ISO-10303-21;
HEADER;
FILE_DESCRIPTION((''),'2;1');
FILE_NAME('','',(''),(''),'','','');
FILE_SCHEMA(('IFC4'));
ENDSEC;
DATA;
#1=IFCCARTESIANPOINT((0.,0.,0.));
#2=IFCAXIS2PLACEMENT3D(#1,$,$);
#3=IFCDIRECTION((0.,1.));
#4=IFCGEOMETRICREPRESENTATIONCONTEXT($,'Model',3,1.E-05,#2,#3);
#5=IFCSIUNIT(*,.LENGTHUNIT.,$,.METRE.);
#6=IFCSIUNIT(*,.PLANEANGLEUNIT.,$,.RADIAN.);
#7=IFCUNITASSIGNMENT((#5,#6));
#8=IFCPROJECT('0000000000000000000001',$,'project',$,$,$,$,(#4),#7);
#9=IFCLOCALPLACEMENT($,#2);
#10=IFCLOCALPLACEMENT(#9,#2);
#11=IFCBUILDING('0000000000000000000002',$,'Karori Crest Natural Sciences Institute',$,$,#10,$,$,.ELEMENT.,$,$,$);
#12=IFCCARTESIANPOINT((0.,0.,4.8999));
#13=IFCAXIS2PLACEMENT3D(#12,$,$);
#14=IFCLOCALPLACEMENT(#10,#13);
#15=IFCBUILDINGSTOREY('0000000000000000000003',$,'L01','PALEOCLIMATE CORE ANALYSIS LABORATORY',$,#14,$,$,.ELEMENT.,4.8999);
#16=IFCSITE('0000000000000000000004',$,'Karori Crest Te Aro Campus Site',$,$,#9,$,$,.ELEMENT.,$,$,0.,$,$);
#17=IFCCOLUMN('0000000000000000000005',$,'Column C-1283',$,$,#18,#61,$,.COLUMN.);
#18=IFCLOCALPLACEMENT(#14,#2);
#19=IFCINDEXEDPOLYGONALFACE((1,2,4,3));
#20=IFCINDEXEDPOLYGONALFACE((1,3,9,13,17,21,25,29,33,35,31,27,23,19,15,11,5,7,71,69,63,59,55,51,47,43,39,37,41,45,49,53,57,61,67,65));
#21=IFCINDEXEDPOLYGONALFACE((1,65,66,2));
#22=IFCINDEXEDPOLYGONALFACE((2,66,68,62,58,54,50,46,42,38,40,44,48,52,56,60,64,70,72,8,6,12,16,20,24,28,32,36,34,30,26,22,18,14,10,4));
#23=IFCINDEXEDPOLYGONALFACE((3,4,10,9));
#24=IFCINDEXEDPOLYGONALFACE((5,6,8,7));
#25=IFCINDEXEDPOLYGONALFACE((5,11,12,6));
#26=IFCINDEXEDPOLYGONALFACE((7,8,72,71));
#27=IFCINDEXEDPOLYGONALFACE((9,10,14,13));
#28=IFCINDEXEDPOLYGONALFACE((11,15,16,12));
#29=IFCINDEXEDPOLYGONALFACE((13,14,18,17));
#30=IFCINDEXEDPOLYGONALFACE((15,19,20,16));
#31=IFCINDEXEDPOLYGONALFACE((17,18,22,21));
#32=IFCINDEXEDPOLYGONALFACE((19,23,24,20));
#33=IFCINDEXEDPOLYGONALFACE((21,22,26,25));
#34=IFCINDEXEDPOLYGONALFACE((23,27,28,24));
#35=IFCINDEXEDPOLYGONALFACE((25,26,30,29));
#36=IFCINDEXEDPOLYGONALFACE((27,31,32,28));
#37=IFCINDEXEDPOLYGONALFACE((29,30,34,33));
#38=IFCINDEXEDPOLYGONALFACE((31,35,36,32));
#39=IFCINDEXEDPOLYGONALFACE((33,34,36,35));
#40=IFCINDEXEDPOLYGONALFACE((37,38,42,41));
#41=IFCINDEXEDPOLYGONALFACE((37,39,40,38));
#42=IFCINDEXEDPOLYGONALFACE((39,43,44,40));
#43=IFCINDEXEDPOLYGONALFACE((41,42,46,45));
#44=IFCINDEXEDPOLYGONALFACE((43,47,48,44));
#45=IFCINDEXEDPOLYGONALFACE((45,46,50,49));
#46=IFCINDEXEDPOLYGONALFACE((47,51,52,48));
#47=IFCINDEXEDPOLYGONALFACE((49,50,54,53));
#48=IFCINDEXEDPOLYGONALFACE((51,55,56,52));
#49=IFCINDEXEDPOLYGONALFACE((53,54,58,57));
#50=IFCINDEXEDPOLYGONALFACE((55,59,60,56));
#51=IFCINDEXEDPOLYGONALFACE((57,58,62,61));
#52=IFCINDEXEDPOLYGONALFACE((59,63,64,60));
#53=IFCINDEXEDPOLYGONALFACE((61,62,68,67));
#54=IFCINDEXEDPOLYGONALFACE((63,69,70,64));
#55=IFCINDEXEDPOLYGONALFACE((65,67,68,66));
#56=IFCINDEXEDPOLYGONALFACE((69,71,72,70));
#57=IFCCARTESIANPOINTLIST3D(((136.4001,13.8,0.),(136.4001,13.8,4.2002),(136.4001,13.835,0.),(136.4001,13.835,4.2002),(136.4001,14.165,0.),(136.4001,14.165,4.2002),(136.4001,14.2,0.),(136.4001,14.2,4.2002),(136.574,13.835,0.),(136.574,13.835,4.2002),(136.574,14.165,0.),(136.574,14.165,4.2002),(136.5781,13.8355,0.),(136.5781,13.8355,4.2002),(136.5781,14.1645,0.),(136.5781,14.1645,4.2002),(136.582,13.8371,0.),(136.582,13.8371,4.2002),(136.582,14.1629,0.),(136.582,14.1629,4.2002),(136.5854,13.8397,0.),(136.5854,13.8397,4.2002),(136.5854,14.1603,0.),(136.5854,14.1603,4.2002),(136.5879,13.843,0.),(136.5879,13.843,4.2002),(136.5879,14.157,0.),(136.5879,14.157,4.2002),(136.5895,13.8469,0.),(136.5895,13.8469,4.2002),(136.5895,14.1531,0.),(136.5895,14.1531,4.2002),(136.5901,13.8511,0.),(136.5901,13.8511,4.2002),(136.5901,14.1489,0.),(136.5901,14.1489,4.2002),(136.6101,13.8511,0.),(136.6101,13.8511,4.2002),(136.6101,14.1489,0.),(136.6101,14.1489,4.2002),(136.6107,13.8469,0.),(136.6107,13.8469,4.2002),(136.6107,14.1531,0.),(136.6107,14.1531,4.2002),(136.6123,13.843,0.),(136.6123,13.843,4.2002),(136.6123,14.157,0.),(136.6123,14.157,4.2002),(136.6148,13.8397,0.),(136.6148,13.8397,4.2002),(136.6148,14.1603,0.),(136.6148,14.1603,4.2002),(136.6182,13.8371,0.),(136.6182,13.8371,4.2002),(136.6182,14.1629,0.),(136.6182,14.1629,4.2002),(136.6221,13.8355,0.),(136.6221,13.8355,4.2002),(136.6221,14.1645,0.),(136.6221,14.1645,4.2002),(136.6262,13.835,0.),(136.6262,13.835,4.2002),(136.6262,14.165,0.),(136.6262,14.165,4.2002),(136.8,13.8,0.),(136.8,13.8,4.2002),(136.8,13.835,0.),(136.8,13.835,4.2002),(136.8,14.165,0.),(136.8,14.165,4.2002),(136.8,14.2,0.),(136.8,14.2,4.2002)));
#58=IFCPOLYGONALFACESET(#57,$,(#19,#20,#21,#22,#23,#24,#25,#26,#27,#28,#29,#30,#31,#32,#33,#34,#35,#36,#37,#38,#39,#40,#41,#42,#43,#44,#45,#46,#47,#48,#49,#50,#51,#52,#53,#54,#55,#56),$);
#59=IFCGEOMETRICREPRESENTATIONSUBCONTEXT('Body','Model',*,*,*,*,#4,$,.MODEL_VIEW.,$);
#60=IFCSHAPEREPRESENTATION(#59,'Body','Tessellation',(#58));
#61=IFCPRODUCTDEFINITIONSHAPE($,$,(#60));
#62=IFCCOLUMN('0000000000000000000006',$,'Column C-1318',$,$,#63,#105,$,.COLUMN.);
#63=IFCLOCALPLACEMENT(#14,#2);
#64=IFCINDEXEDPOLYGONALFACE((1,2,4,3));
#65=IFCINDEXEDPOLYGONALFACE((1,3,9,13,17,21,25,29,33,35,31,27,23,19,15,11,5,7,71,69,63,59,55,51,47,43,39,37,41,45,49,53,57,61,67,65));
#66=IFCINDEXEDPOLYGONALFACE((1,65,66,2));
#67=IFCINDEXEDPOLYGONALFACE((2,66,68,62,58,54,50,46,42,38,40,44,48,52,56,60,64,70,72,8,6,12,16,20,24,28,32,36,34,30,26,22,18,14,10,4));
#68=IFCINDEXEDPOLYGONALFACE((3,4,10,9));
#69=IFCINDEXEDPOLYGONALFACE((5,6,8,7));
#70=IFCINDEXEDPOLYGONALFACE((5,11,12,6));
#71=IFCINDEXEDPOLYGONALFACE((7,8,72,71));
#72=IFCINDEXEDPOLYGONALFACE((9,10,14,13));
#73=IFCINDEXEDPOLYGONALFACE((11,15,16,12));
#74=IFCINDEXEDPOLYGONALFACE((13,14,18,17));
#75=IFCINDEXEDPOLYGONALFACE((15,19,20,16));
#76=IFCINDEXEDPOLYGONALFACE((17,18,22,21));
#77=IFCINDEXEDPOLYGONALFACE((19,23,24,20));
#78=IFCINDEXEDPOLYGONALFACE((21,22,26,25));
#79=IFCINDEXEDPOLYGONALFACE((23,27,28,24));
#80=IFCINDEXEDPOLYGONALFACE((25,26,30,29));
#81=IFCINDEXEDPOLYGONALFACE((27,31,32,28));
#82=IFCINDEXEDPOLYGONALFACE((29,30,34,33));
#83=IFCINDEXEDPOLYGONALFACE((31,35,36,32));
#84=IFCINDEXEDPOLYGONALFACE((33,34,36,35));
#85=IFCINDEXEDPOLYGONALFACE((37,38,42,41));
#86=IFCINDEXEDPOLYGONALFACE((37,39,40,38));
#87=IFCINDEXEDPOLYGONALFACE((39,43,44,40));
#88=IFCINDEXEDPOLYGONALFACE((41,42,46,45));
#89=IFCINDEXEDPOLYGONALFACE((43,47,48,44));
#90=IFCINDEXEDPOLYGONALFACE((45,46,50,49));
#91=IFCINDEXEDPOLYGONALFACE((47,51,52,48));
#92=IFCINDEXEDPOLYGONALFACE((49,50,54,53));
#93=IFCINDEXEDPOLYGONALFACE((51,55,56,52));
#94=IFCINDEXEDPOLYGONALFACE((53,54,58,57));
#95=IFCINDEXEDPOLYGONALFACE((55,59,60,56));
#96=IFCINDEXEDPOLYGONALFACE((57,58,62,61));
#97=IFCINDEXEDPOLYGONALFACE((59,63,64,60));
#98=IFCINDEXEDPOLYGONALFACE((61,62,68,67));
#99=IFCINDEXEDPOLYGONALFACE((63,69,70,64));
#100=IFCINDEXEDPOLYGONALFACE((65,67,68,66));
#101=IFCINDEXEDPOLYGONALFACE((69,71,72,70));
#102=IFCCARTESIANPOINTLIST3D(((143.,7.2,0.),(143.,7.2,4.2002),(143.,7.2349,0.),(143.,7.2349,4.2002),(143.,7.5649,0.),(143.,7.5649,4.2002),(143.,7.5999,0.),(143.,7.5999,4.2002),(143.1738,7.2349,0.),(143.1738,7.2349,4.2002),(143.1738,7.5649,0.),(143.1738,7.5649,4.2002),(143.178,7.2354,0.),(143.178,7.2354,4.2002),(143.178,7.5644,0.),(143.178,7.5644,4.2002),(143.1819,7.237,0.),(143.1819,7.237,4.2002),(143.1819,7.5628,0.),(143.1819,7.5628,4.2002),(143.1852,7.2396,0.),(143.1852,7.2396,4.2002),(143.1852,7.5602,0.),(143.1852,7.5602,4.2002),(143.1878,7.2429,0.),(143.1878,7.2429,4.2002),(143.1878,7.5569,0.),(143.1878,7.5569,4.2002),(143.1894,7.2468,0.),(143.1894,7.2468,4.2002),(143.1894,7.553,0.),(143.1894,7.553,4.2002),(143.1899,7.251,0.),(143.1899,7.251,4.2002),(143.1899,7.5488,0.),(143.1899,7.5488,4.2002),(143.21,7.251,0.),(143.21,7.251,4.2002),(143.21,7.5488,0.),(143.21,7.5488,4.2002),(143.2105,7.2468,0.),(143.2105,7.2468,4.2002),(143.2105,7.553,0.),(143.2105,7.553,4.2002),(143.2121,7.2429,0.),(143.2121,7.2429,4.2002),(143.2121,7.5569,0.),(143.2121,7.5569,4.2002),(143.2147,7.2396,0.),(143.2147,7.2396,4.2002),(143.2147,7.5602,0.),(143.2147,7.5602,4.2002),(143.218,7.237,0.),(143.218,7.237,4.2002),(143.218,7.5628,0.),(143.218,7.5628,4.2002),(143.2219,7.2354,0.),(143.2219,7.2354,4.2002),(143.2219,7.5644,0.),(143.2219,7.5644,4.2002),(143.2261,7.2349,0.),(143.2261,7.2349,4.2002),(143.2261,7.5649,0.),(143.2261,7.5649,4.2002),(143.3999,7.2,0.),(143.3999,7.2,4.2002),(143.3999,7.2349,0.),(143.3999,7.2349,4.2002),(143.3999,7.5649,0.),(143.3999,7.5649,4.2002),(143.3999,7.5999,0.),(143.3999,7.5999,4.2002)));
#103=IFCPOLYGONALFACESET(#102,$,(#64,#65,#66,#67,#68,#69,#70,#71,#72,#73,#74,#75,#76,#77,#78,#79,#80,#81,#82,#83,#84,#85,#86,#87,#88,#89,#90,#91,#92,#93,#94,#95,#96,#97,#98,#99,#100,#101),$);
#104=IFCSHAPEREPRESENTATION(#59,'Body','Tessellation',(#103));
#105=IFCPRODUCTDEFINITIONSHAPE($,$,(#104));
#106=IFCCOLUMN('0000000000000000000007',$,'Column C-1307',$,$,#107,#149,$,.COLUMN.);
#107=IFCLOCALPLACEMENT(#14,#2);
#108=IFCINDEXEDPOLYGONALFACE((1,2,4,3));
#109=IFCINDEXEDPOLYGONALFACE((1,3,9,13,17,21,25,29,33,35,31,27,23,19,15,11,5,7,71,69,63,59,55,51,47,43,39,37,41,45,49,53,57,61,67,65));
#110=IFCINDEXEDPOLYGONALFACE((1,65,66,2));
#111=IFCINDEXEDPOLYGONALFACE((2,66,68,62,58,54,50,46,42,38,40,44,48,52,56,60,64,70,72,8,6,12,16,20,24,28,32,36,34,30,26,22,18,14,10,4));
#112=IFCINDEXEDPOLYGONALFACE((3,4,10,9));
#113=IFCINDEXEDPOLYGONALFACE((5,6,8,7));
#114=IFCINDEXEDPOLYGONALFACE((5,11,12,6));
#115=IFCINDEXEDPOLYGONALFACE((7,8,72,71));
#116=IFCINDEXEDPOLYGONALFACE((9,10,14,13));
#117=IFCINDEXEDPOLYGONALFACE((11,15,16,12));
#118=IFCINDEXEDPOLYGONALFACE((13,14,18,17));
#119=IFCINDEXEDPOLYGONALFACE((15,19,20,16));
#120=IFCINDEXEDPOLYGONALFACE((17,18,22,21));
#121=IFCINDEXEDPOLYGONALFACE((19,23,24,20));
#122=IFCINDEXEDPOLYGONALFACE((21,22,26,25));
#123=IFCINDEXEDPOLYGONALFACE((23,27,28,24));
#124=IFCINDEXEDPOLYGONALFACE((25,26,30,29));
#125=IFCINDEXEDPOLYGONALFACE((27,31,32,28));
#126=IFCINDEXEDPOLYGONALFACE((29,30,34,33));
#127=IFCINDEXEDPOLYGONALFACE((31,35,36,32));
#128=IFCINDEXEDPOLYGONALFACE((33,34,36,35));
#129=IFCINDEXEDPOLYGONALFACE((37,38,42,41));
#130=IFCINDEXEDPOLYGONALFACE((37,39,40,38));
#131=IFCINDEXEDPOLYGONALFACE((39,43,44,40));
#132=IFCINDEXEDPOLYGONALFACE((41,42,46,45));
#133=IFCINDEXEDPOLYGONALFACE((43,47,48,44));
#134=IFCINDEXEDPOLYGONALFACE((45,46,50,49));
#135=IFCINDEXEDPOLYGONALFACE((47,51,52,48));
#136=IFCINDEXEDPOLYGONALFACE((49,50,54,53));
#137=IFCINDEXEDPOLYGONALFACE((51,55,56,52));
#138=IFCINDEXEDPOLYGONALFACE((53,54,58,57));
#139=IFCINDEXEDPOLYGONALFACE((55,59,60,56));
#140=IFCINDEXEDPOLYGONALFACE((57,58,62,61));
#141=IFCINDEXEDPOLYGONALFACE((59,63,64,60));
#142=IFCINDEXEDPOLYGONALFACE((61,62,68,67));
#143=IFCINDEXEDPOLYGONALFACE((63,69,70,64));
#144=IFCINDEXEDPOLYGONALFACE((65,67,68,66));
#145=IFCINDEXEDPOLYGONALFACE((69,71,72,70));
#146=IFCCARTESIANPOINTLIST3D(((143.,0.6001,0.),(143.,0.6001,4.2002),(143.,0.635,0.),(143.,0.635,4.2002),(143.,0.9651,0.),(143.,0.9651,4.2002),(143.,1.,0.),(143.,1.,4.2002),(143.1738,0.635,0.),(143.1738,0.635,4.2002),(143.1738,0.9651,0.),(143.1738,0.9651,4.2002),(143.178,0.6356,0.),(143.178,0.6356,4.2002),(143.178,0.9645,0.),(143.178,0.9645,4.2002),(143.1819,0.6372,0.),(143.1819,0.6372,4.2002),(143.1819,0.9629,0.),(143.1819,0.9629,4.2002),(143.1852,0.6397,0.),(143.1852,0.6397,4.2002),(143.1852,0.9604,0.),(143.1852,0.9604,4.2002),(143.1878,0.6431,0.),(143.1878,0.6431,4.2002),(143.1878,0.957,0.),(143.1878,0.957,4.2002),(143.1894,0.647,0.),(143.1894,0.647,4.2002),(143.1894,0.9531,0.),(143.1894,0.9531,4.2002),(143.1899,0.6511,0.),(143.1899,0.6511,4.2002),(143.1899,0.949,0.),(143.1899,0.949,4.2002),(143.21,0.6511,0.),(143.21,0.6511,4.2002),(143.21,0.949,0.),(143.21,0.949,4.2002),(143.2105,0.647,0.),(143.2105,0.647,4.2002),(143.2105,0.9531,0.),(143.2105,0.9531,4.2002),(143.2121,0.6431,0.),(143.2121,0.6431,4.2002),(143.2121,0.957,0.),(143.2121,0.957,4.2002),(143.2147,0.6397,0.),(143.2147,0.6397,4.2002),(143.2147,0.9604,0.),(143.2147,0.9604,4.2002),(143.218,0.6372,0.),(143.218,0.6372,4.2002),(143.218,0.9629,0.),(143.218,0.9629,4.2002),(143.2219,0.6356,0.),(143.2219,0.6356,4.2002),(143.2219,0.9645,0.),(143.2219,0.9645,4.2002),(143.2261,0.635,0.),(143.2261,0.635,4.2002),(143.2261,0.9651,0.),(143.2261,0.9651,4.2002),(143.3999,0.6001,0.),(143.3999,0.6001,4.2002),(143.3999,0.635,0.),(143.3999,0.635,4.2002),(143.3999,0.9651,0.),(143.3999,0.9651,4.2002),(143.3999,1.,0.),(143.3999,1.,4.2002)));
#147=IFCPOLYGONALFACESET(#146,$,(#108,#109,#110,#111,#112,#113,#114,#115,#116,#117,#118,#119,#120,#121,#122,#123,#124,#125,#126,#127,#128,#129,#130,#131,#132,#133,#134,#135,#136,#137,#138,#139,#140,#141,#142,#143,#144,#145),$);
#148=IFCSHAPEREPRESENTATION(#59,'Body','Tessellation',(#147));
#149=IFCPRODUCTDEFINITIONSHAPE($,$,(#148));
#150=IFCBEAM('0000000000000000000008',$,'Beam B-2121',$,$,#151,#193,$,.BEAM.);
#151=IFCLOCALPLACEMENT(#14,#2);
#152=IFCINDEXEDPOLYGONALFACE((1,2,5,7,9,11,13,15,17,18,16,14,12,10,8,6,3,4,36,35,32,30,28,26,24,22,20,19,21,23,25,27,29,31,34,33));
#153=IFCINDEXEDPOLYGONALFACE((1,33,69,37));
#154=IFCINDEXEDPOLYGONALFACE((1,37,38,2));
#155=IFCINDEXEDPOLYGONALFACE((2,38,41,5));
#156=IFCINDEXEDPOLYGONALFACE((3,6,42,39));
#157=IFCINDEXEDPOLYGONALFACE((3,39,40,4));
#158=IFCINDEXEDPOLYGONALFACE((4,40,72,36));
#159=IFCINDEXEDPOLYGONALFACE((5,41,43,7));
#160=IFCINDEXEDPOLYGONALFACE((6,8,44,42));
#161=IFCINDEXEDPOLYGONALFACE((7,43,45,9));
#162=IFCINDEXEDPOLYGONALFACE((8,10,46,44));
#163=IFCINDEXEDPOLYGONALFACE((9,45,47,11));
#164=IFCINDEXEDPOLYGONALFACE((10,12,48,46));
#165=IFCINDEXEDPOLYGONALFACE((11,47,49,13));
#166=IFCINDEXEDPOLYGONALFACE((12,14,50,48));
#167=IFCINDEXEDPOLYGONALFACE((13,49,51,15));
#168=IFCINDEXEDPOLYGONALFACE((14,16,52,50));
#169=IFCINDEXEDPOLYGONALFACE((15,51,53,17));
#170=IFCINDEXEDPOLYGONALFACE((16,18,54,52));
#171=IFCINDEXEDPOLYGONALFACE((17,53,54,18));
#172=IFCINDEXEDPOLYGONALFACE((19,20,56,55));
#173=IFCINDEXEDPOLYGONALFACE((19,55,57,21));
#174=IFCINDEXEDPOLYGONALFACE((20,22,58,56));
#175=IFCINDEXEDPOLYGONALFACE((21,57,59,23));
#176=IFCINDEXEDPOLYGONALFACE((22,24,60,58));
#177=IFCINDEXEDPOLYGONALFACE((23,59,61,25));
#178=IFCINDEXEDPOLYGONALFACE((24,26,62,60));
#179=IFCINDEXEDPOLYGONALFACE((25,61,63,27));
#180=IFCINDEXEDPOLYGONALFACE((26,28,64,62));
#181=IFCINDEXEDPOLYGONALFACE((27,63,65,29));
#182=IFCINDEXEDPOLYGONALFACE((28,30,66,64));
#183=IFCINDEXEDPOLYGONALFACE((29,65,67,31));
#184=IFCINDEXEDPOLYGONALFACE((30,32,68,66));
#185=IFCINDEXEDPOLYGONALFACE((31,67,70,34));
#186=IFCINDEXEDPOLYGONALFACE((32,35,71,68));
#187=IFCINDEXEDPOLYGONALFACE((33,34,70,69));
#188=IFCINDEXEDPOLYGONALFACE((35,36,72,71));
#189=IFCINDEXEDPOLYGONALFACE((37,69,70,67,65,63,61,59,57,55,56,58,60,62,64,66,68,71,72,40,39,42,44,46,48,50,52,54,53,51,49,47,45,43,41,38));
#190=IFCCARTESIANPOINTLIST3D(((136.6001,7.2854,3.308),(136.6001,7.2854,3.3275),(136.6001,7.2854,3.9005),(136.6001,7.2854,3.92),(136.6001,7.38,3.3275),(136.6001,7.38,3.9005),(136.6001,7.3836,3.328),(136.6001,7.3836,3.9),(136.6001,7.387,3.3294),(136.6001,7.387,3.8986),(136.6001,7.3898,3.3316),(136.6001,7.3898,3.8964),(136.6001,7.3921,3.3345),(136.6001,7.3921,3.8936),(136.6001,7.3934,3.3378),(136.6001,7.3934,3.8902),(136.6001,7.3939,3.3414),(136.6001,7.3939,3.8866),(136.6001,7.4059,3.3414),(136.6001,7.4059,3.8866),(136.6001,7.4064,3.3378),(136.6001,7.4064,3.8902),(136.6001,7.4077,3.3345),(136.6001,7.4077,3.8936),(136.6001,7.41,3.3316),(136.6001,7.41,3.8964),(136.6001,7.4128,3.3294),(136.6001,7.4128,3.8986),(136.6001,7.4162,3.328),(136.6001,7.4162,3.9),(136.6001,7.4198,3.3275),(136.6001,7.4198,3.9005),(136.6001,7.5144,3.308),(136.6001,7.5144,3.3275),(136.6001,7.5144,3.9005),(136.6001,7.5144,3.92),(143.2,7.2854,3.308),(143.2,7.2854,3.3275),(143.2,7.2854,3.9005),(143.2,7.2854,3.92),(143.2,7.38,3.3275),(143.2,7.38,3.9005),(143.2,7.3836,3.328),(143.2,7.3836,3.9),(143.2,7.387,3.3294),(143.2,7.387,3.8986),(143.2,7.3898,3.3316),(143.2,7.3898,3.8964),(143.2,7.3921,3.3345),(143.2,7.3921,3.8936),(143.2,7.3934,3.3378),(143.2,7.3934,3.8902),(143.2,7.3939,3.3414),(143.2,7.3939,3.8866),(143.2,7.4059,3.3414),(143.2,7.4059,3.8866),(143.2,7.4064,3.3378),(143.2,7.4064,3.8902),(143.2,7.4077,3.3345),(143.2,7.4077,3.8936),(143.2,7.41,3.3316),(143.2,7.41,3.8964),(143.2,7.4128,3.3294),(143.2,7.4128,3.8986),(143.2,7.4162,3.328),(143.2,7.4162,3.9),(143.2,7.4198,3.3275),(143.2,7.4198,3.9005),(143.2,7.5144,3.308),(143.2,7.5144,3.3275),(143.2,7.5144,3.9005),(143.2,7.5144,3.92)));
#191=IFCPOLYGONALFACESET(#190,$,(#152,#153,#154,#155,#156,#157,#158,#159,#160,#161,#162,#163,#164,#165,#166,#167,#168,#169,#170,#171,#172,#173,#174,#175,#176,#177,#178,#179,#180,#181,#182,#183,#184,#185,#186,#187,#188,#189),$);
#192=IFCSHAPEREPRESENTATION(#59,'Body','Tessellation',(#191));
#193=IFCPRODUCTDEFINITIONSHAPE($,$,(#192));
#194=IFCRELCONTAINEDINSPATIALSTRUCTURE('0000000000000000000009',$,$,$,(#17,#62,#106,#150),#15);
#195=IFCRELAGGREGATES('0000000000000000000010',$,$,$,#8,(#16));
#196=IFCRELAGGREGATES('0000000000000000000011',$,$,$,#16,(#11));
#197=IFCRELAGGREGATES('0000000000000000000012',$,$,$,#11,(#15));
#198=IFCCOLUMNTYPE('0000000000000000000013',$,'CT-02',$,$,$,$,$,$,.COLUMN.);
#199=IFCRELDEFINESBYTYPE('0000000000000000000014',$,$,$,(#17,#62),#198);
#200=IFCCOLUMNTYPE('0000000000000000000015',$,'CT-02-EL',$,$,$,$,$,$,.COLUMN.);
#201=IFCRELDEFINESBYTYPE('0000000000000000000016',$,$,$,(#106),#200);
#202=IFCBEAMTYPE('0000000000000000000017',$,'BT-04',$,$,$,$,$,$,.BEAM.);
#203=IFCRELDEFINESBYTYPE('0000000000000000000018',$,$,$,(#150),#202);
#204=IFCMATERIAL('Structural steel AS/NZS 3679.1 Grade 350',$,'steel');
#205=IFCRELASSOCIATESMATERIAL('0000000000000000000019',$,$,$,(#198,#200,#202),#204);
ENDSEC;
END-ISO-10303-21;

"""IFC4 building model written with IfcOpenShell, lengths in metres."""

from ifc_helpers import new_model, si_unit, direction, frame, origin, origin_2d, place, context, subcontext, project, spatial, i_section, extrude, material, material_profile, profile_set, type_object, element, save


model = new_model("IFC4")

# Units and contexts
model_context = context("Model", 3, precision=1e-05, world=origin(), true_north=direction((0.0, 1.0)))
body_context = subcontext(model_context, "Body", "Model", "MODEL_VIEW")
ifc_project = project(units=[si_unit("LENGTHUNIT", "METRE"), si_unit("PLANEANGLEUNIT", "RADIAN")], contexts=[model_context])

# Site, building, storey
site_placement = place(None, origin())
site = spatial("IfcSite", under=ifc_project, at=site_placement, Name="Karori Crest Te Aro Campus Site", CompositionType="ELEMENT", RefElevation=0.0)
building_placement = place(site_placement, origin())
building = spatial("IfcBuilding", under=site, at=building_placement, Name="Karori Crest Natural Sciences Institute", CompositionType="ELEMENT")
storey_placement = place(building_placement, frame((0.0, 0.0, 4.8999)))
storey = spatial("IfcBuildingStorey", under=building, at=storey_placement, Name="L01", Description="PALEOCLIMATE CORE ANALYSIS LABORATORY", CompositionType="ELEMENT", Elevation=4.8999)

# Columns
ifc_material_1 = material(Name="Structural steel AS/NZS 3679.1 Grade 350", Category="steel")
ifc_material_profile_1 = material_profile(ifc_material_1, i_section(OverallWidth=0.3999, OverallDepth=0.3999, WebThickness=0.02, FlangeThickness=0.0349, FilletRadius=0.0161, at=origin_2d()), Name="400WC328")
ifc_profile_set_1 = profile_set([ifc_material_profile_1], Name="Structural steel AS/NZS 3679.1 Grade 350")
column_type_1 = type_object("IfcColumnType", Name="CT-02", PredefinedType="COLUMN", material=ifc_profile_set_1)
for number, where, z_axis, x_axis, name in (
    (1, (136.6001, 14.0, 0.0), (0.0, 0.0, 1.0), (1.0, 0.0, 0.0), "Column C-1283"),
    (2, (143.2, 7.3999, 0.0), (0.0, 0.0, 1.0), (1.0, 0.0, 0.0), "Column C-1318"),
):
    element("IfcColumn", number, at=place(storey_placement, frame(where, z_axis=z_axis, x_axis=x_axis)), inside=storey, type_object=column_type_1, Name=name, PredefinedType="COLUMN", context=body_context, shape_type="SweptSolid", body=[
        extrude(i_section(OverallWidth=0.3999, OverallDepth=0.3999, WebThickness=0.02, FlangeThickness=0.0349, FilletRadius=0.0161, at=origin_2d()), origin(), (0.0, 0.0, 1.0), 4.2002),
    ])
ifc_material_profile_2 = material_profile(ifc_material_1, i_section(OverallWidth=0.3999, OverallDepth=0.3999, WebThickness=0.02, FlangeThickness=0.0349, FilletRadius=0.0161, at=origin_2d()), Name="400WC328")
ifc_profile_set_2 = profile_set([ifc_material_profile_2], Name="Structural steel AS/NZS 3679.1 Grade 350")
column_type_2 = type_object("IfcColumnType", Name="CT-02-EL", PredefinedType="COLUMN", material=ifc_profile_set_2)
column_placement = place(storey_placement, frame((143.2, 0.8, 0.0), z_axis=(0.0, 0.0, 1.0), x_axis=(1.0, 0.0, 0.0)))
element("IfcColumn", 3, at=column_placement, inside=storey, type_object=column_type_2, Name="Column C-1307", PredefinedType="COLUMN", context=body_context, shape_type="SweptSolid", body=[
    extrude(i_section(OverallWidth=0.3999, OverallDepth=0.3999, WebThickness=0.02, FlangeThickness=0.0349, FilletRadius=0.0161, at=origin_2d()), origin(), (0.0, 0.0, 1.0), 4.2002),
])

# Beam
ifc_material_profile_3 = material_profile(ifc_material_1, i_section(OverallWidth=0.229, OverallDepth=0.6121, WebThickness=0.012, FlangeThickness=0.0195, FilletRadius=0.0139, at=origin_2d()), Name="610UB125")
ifc_profile_set_3 = profile_set([ifc_material_profile_3], Name="Structural steel AS/NZS 3679.1 Grade 350")
beam_type_1 = type_object("IfcBeamType", Name="BT-04", PredefinedType="BEAM", material=ifc_profile_set_3)
beam_1_placement = place(storey_placement, frame((136.6001, 7.3999, 3.614), z_axis=(1.0, 0.0, 0.0), x_axis=(0.0, 1.0, 0.0)))
element("IfcBeam", 4, at=beam_1_placement, inside=storey, type_object=beam_type_1, Name="Beam B-2121", PredefinedType="BEAM", context=body_context, shape_type="SweptSolid", body=[
    extrude(i_section(OverallWidth=0.229, OverallDepth=0.6121, WebThickness=0.012, FlangeThickness=0.0195, FilletRadius=0.0139, at=origin_2d()), origin(), (0.0, 0.0, 1.0), 6.5999),
])

save(model, "model.ifc")
